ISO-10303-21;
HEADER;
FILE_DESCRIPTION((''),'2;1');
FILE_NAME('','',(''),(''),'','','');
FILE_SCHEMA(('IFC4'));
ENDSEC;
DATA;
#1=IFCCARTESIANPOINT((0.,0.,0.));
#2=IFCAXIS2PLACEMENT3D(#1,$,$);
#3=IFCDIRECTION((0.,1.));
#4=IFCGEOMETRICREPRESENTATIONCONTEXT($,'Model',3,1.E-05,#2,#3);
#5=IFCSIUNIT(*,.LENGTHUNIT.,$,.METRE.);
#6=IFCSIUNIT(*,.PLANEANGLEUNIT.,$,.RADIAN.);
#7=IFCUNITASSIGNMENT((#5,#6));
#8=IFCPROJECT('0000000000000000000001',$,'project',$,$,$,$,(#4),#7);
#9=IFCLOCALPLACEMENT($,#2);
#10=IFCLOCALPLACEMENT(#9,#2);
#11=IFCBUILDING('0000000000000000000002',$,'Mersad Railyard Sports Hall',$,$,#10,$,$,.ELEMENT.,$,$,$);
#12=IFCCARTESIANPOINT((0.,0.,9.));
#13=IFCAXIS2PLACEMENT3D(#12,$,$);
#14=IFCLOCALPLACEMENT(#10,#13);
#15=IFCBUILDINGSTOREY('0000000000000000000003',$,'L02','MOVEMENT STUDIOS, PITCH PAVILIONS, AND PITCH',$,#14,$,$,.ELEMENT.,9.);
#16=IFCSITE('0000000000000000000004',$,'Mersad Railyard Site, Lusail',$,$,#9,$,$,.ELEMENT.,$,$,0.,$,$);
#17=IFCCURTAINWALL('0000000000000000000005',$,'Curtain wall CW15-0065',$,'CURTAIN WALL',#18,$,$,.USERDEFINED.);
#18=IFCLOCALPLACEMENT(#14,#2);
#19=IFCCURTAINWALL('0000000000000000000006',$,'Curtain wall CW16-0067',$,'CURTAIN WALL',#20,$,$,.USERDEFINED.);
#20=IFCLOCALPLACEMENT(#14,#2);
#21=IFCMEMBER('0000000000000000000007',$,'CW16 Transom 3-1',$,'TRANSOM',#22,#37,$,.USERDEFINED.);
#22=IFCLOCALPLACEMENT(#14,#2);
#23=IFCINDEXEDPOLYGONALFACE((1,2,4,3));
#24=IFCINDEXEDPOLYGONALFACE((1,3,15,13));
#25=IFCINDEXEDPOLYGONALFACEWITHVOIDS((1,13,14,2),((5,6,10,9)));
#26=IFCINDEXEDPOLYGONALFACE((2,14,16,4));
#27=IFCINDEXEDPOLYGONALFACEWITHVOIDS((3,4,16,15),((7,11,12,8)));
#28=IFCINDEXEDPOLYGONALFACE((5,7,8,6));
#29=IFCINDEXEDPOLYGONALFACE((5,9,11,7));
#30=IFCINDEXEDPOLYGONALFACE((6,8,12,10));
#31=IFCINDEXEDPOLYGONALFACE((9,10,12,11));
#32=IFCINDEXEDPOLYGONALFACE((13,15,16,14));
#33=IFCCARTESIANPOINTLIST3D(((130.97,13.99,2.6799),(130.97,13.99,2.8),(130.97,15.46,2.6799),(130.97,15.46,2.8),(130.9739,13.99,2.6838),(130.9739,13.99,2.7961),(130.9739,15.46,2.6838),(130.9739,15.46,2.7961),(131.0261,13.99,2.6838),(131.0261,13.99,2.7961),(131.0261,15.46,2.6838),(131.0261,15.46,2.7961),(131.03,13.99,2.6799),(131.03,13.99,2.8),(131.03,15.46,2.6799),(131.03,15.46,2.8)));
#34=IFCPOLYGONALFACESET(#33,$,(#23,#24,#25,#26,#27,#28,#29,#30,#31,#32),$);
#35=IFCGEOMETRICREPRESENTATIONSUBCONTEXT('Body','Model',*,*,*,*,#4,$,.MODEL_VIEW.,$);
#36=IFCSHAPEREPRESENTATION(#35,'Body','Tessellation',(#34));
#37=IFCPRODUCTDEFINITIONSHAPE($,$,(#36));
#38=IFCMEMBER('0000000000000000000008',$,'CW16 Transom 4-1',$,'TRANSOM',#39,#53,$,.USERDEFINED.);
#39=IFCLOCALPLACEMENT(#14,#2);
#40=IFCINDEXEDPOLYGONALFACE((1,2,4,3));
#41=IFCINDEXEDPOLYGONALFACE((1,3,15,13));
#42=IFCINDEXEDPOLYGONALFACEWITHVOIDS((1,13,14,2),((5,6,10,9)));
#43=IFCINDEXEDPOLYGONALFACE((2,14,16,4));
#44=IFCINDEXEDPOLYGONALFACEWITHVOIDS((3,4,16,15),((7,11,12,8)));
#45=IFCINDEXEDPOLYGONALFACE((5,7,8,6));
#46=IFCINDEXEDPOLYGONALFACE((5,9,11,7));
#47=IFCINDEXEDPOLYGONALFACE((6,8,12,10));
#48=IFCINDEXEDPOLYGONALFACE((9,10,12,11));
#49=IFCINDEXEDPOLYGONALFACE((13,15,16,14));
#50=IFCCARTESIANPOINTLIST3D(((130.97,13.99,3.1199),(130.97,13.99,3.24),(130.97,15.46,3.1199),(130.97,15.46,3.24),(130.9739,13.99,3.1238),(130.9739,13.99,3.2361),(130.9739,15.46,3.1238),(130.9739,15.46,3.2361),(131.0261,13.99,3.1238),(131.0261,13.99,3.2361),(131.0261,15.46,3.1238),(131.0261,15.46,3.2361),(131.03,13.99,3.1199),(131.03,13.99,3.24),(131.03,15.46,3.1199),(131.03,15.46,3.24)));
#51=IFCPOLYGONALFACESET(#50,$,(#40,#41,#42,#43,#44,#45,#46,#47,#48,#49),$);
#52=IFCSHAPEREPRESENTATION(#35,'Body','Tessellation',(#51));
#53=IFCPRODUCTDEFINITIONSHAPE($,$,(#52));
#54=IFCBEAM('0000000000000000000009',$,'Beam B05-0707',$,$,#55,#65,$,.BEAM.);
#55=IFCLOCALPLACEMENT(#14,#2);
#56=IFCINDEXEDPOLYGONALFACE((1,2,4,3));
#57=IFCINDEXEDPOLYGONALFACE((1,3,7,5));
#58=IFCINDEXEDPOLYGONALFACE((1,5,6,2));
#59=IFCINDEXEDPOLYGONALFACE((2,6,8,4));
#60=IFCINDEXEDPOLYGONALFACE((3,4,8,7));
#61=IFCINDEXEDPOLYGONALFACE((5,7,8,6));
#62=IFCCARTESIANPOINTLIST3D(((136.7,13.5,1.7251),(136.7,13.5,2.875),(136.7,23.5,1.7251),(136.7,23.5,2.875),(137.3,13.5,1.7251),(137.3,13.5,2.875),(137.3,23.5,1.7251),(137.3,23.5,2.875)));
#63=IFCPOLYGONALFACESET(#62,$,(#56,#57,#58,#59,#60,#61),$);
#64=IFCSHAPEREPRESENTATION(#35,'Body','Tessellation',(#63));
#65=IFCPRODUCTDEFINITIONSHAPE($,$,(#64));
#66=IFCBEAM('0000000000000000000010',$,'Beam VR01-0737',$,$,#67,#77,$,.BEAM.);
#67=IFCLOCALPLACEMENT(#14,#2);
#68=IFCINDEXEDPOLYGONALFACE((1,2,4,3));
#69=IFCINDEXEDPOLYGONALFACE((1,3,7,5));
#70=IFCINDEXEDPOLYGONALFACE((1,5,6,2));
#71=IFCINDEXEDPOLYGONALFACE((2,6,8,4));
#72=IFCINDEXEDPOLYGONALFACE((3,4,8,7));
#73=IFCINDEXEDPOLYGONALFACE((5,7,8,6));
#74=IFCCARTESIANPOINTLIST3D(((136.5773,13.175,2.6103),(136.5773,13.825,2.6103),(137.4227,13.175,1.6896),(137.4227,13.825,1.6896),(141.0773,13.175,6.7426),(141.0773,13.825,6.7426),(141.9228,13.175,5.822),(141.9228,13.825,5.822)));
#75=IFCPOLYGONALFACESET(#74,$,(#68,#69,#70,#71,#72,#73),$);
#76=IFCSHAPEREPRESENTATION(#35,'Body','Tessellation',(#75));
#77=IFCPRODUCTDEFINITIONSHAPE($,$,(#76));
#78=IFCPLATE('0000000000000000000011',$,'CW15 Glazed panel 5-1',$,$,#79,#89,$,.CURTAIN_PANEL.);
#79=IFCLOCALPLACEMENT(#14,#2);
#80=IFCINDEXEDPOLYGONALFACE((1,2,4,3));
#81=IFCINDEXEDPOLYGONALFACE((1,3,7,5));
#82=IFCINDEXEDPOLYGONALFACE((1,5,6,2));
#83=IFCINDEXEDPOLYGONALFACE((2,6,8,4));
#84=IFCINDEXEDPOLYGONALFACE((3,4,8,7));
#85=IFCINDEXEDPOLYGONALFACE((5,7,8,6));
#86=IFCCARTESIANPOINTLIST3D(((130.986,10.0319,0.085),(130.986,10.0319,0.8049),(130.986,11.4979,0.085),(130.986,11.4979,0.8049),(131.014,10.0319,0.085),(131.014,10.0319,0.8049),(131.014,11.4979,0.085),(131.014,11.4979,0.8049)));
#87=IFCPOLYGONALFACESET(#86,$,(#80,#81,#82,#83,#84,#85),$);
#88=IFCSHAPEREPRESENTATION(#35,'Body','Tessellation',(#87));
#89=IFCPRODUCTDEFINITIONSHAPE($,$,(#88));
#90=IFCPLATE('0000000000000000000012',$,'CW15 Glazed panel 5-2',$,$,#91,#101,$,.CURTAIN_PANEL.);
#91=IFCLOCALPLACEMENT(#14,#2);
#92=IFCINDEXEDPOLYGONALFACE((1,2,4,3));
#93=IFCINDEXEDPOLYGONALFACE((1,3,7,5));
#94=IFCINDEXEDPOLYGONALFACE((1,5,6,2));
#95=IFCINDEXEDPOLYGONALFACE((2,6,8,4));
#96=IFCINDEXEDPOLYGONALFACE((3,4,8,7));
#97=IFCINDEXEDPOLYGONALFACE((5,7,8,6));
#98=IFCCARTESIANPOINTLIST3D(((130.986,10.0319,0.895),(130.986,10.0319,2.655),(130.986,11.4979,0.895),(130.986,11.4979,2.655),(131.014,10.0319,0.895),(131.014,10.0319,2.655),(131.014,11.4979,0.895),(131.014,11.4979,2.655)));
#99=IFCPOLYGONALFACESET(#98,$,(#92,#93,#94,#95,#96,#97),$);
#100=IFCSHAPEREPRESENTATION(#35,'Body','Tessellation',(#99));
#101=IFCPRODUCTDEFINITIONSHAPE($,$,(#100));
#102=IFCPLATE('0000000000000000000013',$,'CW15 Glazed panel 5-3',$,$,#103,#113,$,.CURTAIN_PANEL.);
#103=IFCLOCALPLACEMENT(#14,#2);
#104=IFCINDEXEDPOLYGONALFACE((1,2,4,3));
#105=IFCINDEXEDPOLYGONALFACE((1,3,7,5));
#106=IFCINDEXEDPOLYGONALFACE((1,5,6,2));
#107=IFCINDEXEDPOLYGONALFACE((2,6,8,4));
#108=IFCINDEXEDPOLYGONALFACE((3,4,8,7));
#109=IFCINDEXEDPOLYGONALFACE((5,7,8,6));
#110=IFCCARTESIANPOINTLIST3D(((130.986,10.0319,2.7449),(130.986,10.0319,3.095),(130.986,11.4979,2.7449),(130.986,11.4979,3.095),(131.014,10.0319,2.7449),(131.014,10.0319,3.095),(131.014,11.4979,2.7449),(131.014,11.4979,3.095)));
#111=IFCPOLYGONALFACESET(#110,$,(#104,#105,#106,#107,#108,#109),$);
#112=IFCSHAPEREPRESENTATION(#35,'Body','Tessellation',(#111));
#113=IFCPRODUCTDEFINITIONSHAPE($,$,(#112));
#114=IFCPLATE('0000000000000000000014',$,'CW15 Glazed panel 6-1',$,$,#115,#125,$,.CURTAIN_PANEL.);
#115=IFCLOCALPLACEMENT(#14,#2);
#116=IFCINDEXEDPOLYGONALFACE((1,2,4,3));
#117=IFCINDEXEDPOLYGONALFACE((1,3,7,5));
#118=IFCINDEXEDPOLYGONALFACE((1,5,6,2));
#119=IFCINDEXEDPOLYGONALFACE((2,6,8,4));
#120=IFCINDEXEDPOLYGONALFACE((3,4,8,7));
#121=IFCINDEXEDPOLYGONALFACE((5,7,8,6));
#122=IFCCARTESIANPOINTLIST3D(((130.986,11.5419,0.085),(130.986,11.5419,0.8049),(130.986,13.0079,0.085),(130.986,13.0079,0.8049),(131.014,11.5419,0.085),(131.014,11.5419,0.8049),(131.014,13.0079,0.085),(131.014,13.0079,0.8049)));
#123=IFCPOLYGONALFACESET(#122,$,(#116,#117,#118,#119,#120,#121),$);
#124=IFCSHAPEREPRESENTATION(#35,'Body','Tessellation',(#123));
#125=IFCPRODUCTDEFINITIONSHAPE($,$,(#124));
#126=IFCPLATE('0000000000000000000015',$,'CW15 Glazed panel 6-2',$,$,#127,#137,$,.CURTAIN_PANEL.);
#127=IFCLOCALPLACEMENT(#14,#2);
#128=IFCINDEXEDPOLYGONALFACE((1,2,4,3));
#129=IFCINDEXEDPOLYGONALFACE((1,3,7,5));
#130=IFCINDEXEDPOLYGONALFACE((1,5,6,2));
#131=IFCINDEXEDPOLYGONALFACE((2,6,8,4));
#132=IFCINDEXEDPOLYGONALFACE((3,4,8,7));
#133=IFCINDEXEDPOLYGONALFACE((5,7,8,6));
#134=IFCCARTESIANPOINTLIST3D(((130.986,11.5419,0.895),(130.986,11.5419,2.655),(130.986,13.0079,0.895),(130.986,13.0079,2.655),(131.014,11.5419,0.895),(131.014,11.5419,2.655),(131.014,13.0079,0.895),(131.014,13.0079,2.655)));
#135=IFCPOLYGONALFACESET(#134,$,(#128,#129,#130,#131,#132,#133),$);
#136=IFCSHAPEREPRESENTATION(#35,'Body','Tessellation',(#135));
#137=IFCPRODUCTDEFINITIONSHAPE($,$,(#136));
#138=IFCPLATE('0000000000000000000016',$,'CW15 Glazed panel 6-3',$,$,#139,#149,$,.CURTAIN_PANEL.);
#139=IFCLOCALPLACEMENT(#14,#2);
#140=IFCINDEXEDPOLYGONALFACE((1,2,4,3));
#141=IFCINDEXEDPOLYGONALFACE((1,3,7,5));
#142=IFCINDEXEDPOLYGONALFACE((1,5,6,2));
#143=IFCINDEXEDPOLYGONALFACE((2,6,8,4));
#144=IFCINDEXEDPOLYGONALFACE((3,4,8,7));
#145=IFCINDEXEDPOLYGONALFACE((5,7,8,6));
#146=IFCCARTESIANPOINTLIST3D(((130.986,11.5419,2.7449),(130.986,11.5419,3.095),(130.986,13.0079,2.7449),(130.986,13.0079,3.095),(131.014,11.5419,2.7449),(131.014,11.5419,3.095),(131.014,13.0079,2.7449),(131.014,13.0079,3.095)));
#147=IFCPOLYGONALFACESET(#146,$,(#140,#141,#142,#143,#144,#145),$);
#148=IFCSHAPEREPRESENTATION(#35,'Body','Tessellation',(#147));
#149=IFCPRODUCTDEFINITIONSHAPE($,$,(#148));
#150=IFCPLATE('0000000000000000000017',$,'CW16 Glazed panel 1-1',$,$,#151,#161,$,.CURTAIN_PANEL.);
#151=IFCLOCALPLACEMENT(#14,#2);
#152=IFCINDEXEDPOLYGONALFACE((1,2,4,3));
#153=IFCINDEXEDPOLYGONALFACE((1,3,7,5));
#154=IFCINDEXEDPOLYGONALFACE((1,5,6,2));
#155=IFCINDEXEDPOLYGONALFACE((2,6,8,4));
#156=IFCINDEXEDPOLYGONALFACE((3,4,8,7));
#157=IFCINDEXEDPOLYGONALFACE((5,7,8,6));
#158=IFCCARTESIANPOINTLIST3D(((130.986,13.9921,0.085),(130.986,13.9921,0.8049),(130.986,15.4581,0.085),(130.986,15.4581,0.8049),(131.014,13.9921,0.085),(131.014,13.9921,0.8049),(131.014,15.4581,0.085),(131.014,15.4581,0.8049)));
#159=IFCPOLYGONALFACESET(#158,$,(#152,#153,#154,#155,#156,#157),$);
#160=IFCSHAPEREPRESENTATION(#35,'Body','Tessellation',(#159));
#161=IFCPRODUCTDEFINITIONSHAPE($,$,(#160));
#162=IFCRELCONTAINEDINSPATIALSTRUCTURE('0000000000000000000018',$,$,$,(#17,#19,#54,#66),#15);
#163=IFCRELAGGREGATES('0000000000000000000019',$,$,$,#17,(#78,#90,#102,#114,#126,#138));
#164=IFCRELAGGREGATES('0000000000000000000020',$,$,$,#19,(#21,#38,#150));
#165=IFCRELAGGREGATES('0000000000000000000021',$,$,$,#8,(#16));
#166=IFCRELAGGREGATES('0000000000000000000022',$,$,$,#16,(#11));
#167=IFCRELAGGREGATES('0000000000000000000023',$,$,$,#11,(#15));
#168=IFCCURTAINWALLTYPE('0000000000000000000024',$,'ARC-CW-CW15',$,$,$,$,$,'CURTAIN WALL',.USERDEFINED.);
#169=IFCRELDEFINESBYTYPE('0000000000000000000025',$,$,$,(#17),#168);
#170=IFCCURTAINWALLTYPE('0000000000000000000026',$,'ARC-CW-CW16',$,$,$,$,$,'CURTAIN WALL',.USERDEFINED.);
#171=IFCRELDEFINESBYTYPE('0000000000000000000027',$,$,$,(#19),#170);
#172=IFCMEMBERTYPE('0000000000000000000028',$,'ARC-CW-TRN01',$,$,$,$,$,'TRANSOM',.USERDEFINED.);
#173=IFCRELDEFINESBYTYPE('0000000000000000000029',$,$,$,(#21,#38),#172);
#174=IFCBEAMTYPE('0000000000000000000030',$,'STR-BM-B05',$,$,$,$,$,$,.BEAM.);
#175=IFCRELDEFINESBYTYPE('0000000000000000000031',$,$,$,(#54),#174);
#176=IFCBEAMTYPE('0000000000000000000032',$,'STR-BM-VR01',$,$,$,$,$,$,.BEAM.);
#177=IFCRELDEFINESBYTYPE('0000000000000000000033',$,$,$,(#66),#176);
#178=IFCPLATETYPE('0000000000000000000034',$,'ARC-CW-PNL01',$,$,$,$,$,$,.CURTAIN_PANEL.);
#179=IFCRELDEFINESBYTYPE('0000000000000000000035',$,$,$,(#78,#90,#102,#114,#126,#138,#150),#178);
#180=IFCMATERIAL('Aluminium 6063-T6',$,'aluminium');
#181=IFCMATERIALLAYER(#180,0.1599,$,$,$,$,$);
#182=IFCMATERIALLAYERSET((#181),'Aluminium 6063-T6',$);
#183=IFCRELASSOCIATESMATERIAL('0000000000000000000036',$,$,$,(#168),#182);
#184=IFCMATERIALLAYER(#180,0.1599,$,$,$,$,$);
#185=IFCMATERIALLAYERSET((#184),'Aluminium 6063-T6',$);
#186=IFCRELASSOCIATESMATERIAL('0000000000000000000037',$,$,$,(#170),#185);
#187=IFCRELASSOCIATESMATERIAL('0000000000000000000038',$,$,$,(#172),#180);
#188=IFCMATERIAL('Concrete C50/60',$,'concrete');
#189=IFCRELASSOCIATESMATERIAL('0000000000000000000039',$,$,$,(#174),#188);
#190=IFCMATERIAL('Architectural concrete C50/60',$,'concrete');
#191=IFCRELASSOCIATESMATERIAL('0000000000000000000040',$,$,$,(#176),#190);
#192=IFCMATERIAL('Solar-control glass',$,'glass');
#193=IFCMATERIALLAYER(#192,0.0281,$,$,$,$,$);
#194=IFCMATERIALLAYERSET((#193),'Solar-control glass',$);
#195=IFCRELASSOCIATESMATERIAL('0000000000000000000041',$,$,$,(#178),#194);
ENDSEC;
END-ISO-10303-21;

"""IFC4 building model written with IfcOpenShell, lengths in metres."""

from ifc_helpers import new_model, si_unit, direction, frame, origin, origin_2d, place, context, subcontext, project, spatial, rectangle, hollow_rectangle, extrude, material, layer, layer_set, material_profile, profile_set, type_object, element, aggregate, save


model = new_model("IFC4")

# Units and contexts
model_context = context("Model", 3, precision=1e-05, world=origin(), true_north=direction((0.0, 1.0)))
body_context = subcontext(model_context, "Body", "Model", "MODEL_VIEW")
ifc_project = project(units=[si_unit("LENGTHUNIT", "METRE"), si_unit("PLANEANGLEUNIT", "RADIAN")], contexts=[model_context])

# Site, building, storey
site_placement = place(None, origin())
site = spatial("IfcSite", under=ifc_project, at=site_placement, Name="Mersad Railyard Site, Lusail", CompositionType="ELEMENT", RefElevation=0.0)
building_placement = place(site_placement, origin())
building = spatial("IfcBuilding", under=site, at=building_placement, Name="Mersad Railyard Sports Hall", CompositionType="ELEMENT")
storey_placement = place(building_placement, frame((0.0, 0.0, 9.0)))
storey = spatial("IfcBuildingStorey", under=building, at=storey_placement, Name="L02", Description="MOVEMENT STUDIOS, PITCH PAVILIONS, AND PITCH", CompositionType="ELEMENT", Elevation=9.0)

# Shared definitions
ifc_material_1 = material(Name="Concrete C50/60", Category="concrete")

# Curtain wall
ifc_material_2 = material(Name="Aluminium 6063-T6", Category="aluminium")
ifc_layer_1 = layer(ifc_material_2, 0.1599)
ifc_layer_set_1 = layer_set([ifc_layer_1], Name="Aluminium 6063-T6")
curtain_wall_type_1 = type_object("IfcCurtainWallType", Name="ARC-CW-CW15", ElementType="CURTAIN WALL", PredefinedType="USERDEFINED", material=ifc_layer_set_1)
curtain_wall_1_placement = place(storey_placement, origin())
curtain_wall_1 = element("IfcCurtainWall", 1, at=curtain_wall_1_placement, inside=storey, type_object=curtain_wall_type_1, Name="Curtain wall CW15-0065", ObjectType="CURTAIN WALL", PredefinedType="USERDEFINED")

# Curtain wall
ifc_layer_2 = layer(ifc_material_2, 0.1599)
ifc_layer_set_2 = layer_set([ifc_layer_2], Name="Aluminium 6063-T6")
curtain_wall_type_2 = type_object("IfcCurtainWallType", Name="ARC-CW-CW16", ElementType="CURTAIN WALL", PredefinedType="USERDEFINED", material=ifc_layer_set_2)
curtain_wall_2_placement = place(storey_placement, origin())
curtain_wall_2 = element("IfcCurtainWall", 2, at=curtain_wall_2_placement, inside=storey, type_object=curtain_wall_type_2, Name="Curtain wall CW16-0067", ObjectType="CURTAIN WALL", PredefinedType="USERDEFINED")

# Members
ifc_material_profile_1 = material_profile(ifc_material_2, hollow_rectangle(XDim=0.0601, YDim=0.1201, WallThickness=0.0039, at=origin_2d()), Name="AL TRANSOM 60x120x4")
ifc_profile_set_1 = profile_set([ifc_material_profile_1], Name="Aluminium 6063-T6")
member_type_1 = type_object("IfcMemberType", Name="ARC-CW-TRN01", ElementType="TRANSOM", PredefinedType="USERDEFINED", material=ifc_profile_set_1)
member_1_placement = place(storey_placement, frame((131.0, 13.99, 2.74), z_axis=(0.0, 1.0, 0.0), x_axis=(-1.0, 0.0, 0.0)))
member_1 = element("IfcMember", 3, at=member_1_placement, type_object=member_type_1, Name="CW16 Transom 3-1", ObjectType="TRANSOM", PredefinedType="USERDEFINED", context=body_context, shape_type="SweptSolid", body=[
    extrude(hollow_rectangle(XDim=0.0601, YDim=0.1201, WallThickness=0.0039, at=origin_2d()), origin(), (0.0, 0.0, 1.0), 1.47),
])
member_2_placement = place(storey_placement, frame((131.0, 13.99, 3.1799), z_axis=(0.0, 1.0, 0.0), x_axis=(-1.0, 0.0, 0.0)))
member_2 = element("IfcMember", 4, at=member_2_placement, type_object=member_type_1, Name="CW16 Transom 4-1", ObjectType="TRANSOM", PredefinedType="USERDEFINED", context=body_context, shape_type="SweptSolid", body=[
    extrude(hollow_rectangle(XDim=0.0601, YDim=0.1201, WallThickness=0.0039, at=origin_2d()), origin(), (0.0, 0.0, 1.0), 1.47),
])

# Beams
ifc_material_profile_2 = material_profile(ifc_material_1, rectangle(XDim=0.6001, YDim=1.1499, at=origin_2d()), Name="RC 600x1150")
ifc_profile_set_2 = profile_set([ifc_material_profile_2], Name="Concrete C50/60")
beam_type_1 = type_object("IfcBeamType", Name="STR-BM-B05", PredefinedType="BEAM", material=ifc_profile_set_2)
beam_1_placement = place(storey_placement, frame((137.0, 13.5, 2.3), z_axis=(0.0, 1.0, 0.0), x_axis=(-1.0, 0.0, 0.0)))
element("IfcBeam", 5, at=beam_1_placement, inside=storey, type_object=beam_type_1, Name="Beam B05-0707", PredefinedType="BEAM", context=body_context, shape_type="SweptSolid", body=[
    extrude(rectangle(XDim=0.6001, YDim=1.1499, at=origin_2d()), origin(), (0.0, 0.0, 1.0), 10.0),
])
ifc_material_3 = material(Name="Architectural concrete C50/60", Category="concrete")
ifc_material_profile_3 = material_profile(ifc_material_3, rectangle(XDim=0.6499, YDim=1.25, at=origin_2d()), Name="VR 650x1250")
ifc_profile_set_3 = profile_set([ifc_material_profile_3], Name="Architectural concrete C50/60")
beam_type_2 = type_object("IfcBeamType", Name="STR-BM-VR01", PredefinedType="BEAM", material=ifc_profile_set_3)
beam_2_placement = place(storey_placement, frame((137.0, 13.5, 2.1499), z_axis=(0.736557, 0.0, 0.676376), x_axis=(0.0, 1.0, 0.0)))
element("IfcBeam", 6, at=beam_2_placement, inside=storey, type_object=beam_type_2, Name="Beam VR01-0737", PredefinedType="BEAM", context=body_context, shape_type="SweptSolid", body=[
    extrude(rectangle(XDim=0.6499, YDim=1.25, at=origin_2d()), origin(), (0.0, 0.0, 1.0), 6.1096),
])

# Plates
ifc_material_4 = material(Name="Solar-control glass", Category="glass")
ifc_layer_3 = layer(ifc_material_4, 0.0281)
ifc_layer_set_3 = layer_set([ifc_layer_3], Name="Solar-control glass")
plate_type = type_object("IfcPlateType", Name="ARC-CW-PNL01", PredefinedType="CURTAIN_PANEL", material=ifc_layer_set_3)
plate_1_placement = place(storey_placement, frame((131.0, 10.7649, 0.085), z_axis=(0.0, 0.0, 1.0), x_axis=(0.0, 1.0, 0.0)))
plate_1 = element("IfcPlate", 7, at=plate_1_placement, type_object=plate_type, Name="CW15 Glazed panel 5-1", PredefinedType="CURTAIN_PANEL", context=body_context, shape_type="SweptSolid", body=[
    extrude(rectangle(XDim=1.4661, YDim=0.0281, at=origin_2d()), origin(), (0.0, 0.0, 1.0), 0.72),
])
plate_2_placement = place(storey_placement, frame((131.0, 10.7649, 0.895), z_axis=(0.0, 0.0, 1.0), x_axis=(0.0, 1.0, 0.0)))
plate_2 = element("IfcPlate", 8, at=plate_2_placement, type_object=plate_type, Name="CW15 Glazed panel 5-2", PredefinedType="CURTAIN_PANEL", context=body_context, shape_type="SweptSolid", body=[
    extrude(rectangle(XDim=1.4661, YDim=0.0281, at=origin_2d()), origin(), (0.0, 0.0, 1.0), 1.76),
])
plate_3_placement = place(storey_placement, frame((131.0, 10.7649, 2.7449), z_axis=(0.0, 0.0, 1.0), x_axis=(0.0, 1.0, 0.0)))
plate_3 = element("IfcPlate", 9, at=plate_3_placement, type_object=plate_type, Name="CW15 Glazed panel 5-3", PredefinedType="CURTAIN_PANEL", context=body_context, shape_type="SweptSolid", body=[
    extrude(rectangle(XDim=1.4661, YDim=0.0281, at=origin_2d()), origin(), (0.0, 0.0, 1.0), 0.3501),
])
plate_4_placement = place(storey_placement, frame((131.0, 12.2749, 0.085), z_axis=(0.0, 0.0, 1.0), x_axis=(0.0, 1.0, 0.0)))
plate_4 = element("IfcPlate", 10, at=plate_4_placement, type_object=plate_type, Name="CW15 Glazed panel 6-1", PredefinedType="CURTAIN_PANEL", context=body_context, shape_type="SweptSolid", body=[
    extrude(rectangle(XDim=1.4661, YDim=0.0281, at=origin_2d()), origin(), (0.0, 0.0, 1.0), 0.72),
])
plate_5_placement = place(storey_placement, frame((131.0, 12.2749, 0.895), z_axis=(0.0, 0.0, 1.0), x_axis=(0.0, 1.0, 0.0)))
plate_5 = element("IfcPlate", 11, at=plate_5_placement, type_object=plate_type, Name="CW15 Glazed panel 6-2", PredefinedType="CURTAIN_PANEL", context=body_context, shape_type="SweptSolid", body=[
    extrude(rectangle(XDim=1.4661, YDim=0.0281, at=origin_2d()), origin(), (0.0, 0.0, 1.0), 1.76),
])
plate_6_placement = place(storey_placement, frame((131.0, 12.2749, 2.7449), z_axis=(0.0, 0.0, 1.0), x_axis=(0.0, 1.0, 0.0)))
plate_6 = element("IfcPlate", 12, at=plate_6_placement, type_object=plate_type, Name="CW15 Glazed panel 6-3", PredefinedType="CURTAIN_PANEL", context=body_context, shape_type="SweptSolid", body=[
    extrude(rectangle(XDim=1.4661, YDim=0.0281, at=origin_2d()), origin(), (0.0, 0.0, 1.0), 0.3501),
])
aggregate(curtain_wall_1, [plate_1, plate_2, plate_3, plate_4, plate_5, plate_6])
plate_7_placement = place(storey_placement, frame((131.0, 14.7251, 0.085), z_axis=(0.0, 0.0, 1.0), x_axis=(0.0, 1.0, 0.0)))
plate_7 = element("IfcPlate", 13, at=plate_7_placement, type_object=plate_type, Name="CW16 Glazed panel 1-1", PredefinedType="CURTAIN_PANEL", context=body_context, shape_type="SweptSolid", body=[
    extrude(rectangle(XDim=1.4661, YDim=0.0281, at=origin_2d()), origin(), (0.0, 0.0, 1.0), 0.72),
])
aggregate(curtain_wall_2, [member_1, member_2, plate_7])

save(model, "model.ifc")
